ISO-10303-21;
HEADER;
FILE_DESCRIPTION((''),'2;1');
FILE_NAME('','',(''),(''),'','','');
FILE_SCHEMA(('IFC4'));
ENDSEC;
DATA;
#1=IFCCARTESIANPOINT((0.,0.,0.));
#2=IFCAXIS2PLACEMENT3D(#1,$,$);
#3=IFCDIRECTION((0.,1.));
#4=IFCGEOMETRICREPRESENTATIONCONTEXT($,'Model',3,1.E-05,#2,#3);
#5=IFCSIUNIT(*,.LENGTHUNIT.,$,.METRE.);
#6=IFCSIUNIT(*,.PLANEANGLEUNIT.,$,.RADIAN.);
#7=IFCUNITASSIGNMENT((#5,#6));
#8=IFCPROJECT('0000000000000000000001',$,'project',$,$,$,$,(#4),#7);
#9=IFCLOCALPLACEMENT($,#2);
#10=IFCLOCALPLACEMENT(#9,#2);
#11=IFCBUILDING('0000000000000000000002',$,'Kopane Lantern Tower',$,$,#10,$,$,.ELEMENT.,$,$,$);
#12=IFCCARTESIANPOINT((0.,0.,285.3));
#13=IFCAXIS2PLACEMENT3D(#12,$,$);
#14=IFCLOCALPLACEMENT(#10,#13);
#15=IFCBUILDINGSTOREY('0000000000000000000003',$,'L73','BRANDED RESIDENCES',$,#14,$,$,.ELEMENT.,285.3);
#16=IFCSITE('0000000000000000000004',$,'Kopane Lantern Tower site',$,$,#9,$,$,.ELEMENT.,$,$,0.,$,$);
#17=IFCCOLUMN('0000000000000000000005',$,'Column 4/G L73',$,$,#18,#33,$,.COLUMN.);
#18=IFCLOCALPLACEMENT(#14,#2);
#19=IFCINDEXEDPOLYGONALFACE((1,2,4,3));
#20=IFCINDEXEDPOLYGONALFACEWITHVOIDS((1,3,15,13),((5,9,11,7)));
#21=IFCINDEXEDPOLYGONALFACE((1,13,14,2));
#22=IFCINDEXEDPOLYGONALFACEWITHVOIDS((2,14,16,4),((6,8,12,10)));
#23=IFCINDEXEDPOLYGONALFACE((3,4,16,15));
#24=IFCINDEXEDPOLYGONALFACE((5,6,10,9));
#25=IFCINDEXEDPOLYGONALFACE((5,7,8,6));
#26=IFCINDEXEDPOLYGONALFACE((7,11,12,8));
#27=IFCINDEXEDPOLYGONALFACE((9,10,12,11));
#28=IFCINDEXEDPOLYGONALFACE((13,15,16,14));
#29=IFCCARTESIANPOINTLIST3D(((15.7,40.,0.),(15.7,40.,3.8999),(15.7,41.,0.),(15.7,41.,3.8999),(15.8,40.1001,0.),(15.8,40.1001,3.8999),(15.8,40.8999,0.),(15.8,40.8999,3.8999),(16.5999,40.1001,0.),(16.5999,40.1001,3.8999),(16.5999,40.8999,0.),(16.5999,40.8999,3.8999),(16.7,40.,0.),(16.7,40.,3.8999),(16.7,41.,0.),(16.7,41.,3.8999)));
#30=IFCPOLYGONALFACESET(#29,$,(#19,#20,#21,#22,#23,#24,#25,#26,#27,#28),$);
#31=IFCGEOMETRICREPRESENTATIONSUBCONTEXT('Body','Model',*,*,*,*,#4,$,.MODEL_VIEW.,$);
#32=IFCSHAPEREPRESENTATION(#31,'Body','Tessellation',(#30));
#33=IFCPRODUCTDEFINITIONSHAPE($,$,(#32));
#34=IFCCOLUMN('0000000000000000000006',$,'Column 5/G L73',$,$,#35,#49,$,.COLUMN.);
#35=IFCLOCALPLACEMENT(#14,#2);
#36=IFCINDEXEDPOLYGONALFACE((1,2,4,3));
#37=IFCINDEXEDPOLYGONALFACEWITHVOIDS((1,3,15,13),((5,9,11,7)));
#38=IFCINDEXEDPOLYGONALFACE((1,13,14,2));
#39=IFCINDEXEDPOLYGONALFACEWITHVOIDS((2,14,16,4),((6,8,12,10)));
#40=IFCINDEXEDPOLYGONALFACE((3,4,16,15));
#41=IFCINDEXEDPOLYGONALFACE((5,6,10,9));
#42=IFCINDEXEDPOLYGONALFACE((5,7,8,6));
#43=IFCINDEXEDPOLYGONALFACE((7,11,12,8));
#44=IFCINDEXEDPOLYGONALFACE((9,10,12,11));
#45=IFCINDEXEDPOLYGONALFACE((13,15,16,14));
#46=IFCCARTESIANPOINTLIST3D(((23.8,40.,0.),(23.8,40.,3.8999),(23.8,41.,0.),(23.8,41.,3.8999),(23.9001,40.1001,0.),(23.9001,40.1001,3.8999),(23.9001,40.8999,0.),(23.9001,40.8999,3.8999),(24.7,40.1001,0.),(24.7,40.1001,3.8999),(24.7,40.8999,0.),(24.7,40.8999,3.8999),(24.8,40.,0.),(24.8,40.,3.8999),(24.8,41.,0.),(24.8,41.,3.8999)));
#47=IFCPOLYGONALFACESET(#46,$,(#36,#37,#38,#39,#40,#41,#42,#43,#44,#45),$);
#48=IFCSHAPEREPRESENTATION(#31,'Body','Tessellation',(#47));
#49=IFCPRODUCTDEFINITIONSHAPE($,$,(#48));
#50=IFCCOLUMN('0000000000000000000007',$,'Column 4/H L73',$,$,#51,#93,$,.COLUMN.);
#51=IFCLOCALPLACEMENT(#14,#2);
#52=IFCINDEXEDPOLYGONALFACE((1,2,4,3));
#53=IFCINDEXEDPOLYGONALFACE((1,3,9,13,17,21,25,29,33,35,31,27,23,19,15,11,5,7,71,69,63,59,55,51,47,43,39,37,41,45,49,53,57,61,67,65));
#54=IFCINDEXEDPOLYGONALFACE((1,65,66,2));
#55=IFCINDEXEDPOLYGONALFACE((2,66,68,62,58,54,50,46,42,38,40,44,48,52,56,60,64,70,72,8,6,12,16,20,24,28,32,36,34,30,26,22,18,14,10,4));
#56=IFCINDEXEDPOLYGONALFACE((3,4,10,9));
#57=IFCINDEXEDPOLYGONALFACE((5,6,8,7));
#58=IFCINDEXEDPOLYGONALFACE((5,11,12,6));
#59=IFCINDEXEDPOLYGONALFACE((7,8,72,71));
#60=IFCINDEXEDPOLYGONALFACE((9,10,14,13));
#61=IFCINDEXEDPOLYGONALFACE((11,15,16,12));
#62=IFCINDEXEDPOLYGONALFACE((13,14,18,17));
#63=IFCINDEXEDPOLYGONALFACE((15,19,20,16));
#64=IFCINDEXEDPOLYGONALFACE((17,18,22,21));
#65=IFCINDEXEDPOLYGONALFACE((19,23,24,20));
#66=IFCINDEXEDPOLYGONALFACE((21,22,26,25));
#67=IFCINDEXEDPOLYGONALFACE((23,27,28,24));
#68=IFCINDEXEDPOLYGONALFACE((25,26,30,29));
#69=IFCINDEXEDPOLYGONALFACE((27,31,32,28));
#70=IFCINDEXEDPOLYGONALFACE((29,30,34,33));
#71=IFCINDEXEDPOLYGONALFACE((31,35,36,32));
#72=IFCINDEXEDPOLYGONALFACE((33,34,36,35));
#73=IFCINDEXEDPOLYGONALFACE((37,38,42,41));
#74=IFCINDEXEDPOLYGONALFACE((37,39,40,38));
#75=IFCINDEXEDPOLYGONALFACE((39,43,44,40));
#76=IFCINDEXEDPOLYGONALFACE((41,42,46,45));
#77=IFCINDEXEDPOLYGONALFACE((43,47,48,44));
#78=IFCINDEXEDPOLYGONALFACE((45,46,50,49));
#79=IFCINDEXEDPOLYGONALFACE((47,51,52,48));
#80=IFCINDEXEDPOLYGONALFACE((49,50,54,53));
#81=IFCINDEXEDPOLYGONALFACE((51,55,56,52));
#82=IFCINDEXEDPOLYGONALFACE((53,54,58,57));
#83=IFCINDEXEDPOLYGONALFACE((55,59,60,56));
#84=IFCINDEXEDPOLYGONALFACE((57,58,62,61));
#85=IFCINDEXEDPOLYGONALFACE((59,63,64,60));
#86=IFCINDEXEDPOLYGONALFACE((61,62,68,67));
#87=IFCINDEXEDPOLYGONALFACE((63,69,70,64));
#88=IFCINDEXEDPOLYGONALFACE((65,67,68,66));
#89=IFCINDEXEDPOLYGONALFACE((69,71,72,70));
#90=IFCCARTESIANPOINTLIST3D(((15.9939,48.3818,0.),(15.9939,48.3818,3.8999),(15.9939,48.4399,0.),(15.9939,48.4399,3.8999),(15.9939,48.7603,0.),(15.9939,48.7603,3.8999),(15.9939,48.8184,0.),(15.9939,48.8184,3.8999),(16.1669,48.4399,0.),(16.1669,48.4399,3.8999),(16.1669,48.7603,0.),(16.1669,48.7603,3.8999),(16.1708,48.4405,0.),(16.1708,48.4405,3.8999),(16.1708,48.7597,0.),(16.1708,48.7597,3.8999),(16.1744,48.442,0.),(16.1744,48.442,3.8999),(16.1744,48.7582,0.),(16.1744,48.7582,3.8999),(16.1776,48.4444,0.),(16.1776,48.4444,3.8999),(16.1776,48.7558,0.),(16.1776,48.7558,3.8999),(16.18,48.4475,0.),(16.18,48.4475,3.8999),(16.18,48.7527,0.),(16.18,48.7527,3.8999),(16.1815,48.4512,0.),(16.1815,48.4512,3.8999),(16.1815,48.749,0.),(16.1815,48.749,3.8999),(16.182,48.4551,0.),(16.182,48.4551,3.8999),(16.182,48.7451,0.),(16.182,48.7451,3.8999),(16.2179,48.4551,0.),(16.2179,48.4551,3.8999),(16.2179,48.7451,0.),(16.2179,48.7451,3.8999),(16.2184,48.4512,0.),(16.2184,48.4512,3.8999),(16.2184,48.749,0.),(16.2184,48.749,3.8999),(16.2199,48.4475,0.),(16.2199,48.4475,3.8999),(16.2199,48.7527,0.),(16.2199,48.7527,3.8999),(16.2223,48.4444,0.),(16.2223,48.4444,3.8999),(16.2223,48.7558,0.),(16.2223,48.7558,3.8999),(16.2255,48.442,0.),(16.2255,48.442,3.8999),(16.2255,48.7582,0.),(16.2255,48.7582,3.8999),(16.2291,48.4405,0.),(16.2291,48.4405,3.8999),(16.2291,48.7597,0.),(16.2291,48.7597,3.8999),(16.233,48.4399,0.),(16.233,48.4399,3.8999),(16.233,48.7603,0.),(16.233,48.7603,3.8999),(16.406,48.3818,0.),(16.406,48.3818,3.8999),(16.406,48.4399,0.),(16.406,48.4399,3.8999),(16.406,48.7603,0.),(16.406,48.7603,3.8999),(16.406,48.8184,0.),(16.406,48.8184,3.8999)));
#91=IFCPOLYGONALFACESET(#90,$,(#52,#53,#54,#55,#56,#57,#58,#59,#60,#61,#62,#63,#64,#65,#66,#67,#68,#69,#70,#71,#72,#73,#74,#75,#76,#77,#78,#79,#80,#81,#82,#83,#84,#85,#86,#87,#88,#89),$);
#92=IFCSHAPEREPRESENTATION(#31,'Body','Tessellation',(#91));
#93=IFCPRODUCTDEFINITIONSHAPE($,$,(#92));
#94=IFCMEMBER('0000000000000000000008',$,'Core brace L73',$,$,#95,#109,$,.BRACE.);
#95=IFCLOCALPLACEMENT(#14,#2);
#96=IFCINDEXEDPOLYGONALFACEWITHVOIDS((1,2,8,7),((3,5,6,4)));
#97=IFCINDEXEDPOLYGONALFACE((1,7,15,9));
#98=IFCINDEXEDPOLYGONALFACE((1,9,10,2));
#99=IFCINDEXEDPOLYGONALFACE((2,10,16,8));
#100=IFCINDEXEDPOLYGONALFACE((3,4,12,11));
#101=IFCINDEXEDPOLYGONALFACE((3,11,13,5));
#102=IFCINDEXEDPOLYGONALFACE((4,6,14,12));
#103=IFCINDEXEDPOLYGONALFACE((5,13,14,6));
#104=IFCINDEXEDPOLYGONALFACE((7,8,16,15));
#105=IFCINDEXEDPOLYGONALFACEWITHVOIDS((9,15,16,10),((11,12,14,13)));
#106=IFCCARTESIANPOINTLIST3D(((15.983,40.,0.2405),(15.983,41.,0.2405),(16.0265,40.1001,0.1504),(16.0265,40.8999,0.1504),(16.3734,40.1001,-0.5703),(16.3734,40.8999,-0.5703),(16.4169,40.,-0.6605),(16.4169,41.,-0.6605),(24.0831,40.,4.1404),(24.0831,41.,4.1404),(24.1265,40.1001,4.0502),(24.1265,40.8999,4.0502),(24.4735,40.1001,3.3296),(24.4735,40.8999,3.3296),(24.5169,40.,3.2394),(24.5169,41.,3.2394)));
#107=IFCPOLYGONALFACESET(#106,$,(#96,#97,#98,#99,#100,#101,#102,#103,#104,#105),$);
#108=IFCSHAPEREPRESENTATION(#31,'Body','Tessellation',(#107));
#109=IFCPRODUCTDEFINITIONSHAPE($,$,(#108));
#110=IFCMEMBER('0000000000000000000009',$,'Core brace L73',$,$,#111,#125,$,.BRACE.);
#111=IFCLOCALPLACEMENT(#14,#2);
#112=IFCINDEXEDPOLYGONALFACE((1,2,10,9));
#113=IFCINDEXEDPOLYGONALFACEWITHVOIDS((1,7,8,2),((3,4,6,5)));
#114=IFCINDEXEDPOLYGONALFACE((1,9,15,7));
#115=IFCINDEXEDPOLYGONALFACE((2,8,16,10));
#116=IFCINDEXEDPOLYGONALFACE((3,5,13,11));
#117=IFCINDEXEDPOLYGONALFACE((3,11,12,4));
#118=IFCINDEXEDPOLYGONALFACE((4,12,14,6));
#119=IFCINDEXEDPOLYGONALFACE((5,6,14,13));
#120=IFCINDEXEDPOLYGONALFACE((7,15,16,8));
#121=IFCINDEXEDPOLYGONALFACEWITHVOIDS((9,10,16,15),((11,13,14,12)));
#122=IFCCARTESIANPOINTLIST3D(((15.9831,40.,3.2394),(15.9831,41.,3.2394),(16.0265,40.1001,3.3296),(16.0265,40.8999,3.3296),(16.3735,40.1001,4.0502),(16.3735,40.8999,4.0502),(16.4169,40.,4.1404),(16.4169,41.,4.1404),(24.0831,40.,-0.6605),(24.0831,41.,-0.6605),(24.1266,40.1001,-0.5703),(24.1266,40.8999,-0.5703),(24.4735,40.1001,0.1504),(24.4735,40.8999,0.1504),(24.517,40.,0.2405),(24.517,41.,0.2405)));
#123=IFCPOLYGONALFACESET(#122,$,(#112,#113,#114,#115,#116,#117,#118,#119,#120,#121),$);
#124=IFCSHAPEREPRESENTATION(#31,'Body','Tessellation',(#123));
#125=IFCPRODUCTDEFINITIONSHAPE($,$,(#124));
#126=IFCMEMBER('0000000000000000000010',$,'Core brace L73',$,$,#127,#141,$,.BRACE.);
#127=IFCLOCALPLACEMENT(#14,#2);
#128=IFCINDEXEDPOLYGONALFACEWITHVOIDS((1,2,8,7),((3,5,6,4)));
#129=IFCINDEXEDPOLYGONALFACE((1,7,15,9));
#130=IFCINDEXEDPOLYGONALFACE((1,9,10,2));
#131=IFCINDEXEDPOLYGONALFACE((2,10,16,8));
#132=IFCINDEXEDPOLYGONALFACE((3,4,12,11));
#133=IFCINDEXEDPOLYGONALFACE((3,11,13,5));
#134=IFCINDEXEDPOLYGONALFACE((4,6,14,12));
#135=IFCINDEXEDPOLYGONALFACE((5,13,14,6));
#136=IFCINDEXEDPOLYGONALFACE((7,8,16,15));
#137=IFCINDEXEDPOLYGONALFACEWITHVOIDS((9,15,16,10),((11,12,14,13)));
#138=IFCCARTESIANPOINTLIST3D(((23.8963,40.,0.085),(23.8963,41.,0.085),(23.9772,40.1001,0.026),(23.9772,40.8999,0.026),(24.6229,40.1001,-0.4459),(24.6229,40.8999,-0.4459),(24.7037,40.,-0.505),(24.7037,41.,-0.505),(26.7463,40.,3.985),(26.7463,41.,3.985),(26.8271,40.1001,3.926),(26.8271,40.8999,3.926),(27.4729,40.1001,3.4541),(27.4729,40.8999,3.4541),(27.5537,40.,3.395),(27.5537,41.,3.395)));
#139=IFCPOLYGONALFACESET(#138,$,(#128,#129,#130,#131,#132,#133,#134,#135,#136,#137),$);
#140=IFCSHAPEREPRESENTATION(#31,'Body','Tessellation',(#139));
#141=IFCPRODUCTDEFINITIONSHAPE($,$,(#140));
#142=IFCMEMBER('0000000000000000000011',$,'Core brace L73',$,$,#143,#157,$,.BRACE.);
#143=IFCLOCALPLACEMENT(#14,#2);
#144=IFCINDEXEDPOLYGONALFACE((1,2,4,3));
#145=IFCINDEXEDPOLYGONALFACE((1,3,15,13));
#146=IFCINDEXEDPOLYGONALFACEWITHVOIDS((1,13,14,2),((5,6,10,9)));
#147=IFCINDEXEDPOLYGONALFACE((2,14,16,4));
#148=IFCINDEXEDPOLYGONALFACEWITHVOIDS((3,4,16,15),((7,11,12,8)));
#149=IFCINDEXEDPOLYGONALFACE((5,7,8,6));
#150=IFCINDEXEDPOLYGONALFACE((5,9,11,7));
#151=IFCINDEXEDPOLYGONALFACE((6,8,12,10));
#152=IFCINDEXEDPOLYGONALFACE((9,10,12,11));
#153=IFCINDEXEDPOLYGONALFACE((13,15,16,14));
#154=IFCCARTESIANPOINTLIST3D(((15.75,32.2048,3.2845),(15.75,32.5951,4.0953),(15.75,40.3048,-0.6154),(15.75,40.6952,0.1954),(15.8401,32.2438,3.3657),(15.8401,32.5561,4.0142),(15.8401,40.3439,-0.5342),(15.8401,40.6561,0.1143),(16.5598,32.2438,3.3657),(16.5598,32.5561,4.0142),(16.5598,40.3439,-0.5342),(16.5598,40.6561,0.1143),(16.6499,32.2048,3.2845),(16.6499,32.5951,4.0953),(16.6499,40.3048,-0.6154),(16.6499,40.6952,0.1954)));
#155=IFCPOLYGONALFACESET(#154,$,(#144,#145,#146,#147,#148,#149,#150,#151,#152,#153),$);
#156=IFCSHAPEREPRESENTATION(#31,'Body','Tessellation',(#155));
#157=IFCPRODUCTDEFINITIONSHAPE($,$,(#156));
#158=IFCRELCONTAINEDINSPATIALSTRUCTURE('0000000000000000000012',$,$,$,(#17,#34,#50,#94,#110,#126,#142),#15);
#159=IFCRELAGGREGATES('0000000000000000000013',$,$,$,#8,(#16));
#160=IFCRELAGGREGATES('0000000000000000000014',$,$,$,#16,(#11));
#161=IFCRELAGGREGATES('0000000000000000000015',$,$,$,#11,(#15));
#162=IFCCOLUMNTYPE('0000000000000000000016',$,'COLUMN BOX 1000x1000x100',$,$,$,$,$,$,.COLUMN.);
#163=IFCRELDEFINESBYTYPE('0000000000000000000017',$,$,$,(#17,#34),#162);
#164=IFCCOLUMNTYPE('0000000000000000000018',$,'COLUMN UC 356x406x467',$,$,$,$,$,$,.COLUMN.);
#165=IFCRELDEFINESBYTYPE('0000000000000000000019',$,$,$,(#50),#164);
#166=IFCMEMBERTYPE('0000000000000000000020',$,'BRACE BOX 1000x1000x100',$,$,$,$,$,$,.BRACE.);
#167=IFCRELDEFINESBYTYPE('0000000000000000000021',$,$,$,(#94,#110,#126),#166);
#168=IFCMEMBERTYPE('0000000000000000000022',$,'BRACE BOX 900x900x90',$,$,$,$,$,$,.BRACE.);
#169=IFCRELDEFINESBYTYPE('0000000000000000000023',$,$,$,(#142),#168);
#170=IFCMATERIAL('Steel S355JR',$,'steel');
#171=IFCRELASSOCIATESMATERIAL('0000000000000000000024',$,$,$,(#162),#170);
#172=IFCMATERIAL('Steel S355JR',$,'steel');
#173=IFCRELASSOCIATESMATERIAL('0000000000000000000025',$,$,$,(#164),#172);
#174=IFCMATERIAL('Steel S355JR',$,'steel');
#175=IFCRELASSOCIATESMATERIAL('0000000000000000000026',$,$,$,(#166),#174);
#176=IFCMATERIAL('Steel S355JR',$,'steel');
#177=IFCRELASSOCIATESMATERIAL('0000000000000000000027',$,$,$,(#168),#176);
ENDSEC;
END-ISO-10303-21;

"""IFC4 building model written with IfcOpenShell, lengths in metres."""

from ifc_helpers import new_model, si_unit, direction, frame, origin, origin_2d, place, context, subcontext, project, spatial, hollow_rectangle, i_section, extrude, material, material_profile, profile_set, type_object, element, save


model = new_model("IFC4")

# Units and contexts
model_context = context("Model", 3, precision=1e-05, world=origin(), true_north=direction((0.0, 1.0)))
body_context = subcontext(model_context, "Body", "Model", "MODEL_VIEW")
ifc_project = project(units=[si_unit("LENGTHUNIT", "METRE"), si_unit("PLANEANGLEUNIT", "RADIAN")], contexts=[model_context])

# Site, building, storey
site_placement = place(None, origin())
site = spatial("IfcSite", under=ifc_project, at=site_placement, Name="Kopane Lantern Tower site", CompositionType="ELEMENT", RefElevation=0.0)
building_placement = place(site_placement, origin())
building = spatial("IfcBuilding", under=site, at=building_placement, Name="Kopane Lantern Tower", CompositionType="ELEMENT")
storey_placement = place(building_placement, frame((0.0, 0.0, 285.3)))
storey = spatial("IfcBuildingStorey", under=building, at=storey_placement, Name="L73", Description="BRANDED RESIDENCES", CompositionType="ELEMENT", Elevation=285.3)

# Columns
ifc_material_1 = material(Name="Steel S355JR", Category="steel")
ifc_material_profile_1 = material_profile(ifc_material_1, hollow_rectangle(XDim=1.0, YDim=1.0, WallThickness=0.1001, at=origin_2d()), Name="BOX 1000x1000x100")
ifc_profile_set_1 = profile_set([ifc_material_profile_1], Name="Steel S355JR")
column_type_1 = type_object("IfcColumnType", Name="COLUMN BOX 1000x1000x100", PredefinedType="COLUMN", material=ifc_profile_set_1)
for number, where, z_axis, x_axis, name in (
    (1, (16.2, 40.5, 0.0), (0.0, 0.0, 1.0), (1.0, 0.0, 0.0), "Column 4/G L73"),
    (2, (24.3, 40.5, 0.0), (0.0, 0.0, 1.0), (1.0, 0.0, 0.0), "Column 5/G L73"),
):
    element("IfcColumn", number, at=place(storey_placement, frame(where, z_axis=z_axis, x_axis=x_axis)), inside=storey, type_object=column_type_1, Name=name, PredefinedType="COLUMN", context=body_context, shape_type="SweptSolid", body=[
        extrude(hollow_rectangle(XDim=1.0, YDim=1.0, WallThickness=0.1001, at=origin_2d()), origin(), (0.0, 0.0, 1.0), 3.8999),
    ])
ifc_material_2 = material(Name="Steel S355JR", Category="steel")
ifc_material_profile_2 = material_profile(ifc_material_2, i_section(OverallWidth=0.4121, OverallDepth=0.4365, WebThickness=0.0359, FlangeThickness=0.0581, FilletRadius=0.0151, at=origin_2d()), Name="UC 356x406x467")
ifc_profile_set_2 = profile_set([ifc_material_profile_2], Name="Steel S355JR")
column_type_2 = type_object("IfcColumnType", Name="COLUMN UC 356x406x467", PredefinedType="COLUMN", material=ifc_profile_set_2)
column_placement = place(storey_placement, frame((16.2, 48.6001, 0.0), z_axis=(0.0, 0.0, 1.0), x_axis=(1.0, 0.0, 0.0)))
element("IfcColumn", 3, at=column_placement, inside=storey, type_object=column_type_2, Name="Column 4/H L73", PredefinedType="COLUMN", context=body_context, shape_type="SweptSolid", body=[
    extrude(i_section(OverallWidth=0.4121, OverallDepth=0.4365, WebThickness=0.0359, FlangeThickness=0.0581, FilletRadius=0.0151, at=origin_2d()), origin(), (0.0, 0.0, 1.0), 3.8999),
])

# Members
ifc_material_3 = material(Name="Steel S355JR", Category="steel")
ifc_material_profile_3 = material_profile(ifc_material_3, hollow_rectangle(XDim=1.0, YDim=1.0, WallThickness=0.1001, at=origin_2d()), Name="BOX 1000x1000x100")
ifc_profile_set_3 = profile_set([ifc_material_profile_3], Name="Steel S355JR")
member_type_1 = type_object("IfcMemberType", Name="BRACE BOX 1000x1000x100", PredefinedType="BRACE", material=ifc_profile_set_3)
for number, where, z_axis, x_axis, name in (
    (4, (16.2, 40.5, -0.21), (0.901008, 0.0, 0.433803), (0.0, 1.0, 0.0), "Core brace L73"),
    (5, (24.3, 40.5, -0.21), (-0.901008, 0.0, 0.433803), (0.0, -1.0, 0.0), "Core brace L73"),
):
    element("IfcMember", number, at=place(storey_placement, frame(where, z_axis=z_axis, x_axis=x_axis)), inside=storey, type_object=member_type_1, Name=name, PredefinedType="BRACE", context=body_context, shape_type="SweptSolid", body=[
        extrude(hollow_rectangle(XDim=1.0, YDim=1.0, WallThickness=0.1001, at=origin_2d()), origin(), (0.0, 0.0, 1.0), 8.99),
    ])
member_1_placement = place(storey_placement, frame((24.3, 40.5, -0.21), z_axis=(0.590006, 0.0, 0.807399), x_axis=(0.0, 1.0, 0.0)))
element("IfcMember", 6, at=member_1_placement, inside=storey, type_object=member_type_1, Name="Core brace L73", PredefinedType="BRACE", context=body_context, shape_type="SweptSolid", body=[
    extrude(hollow_rectangle(XDim=1.0, YDim=1.0, WallThickness=0.1001, at=origin_2d()), origin(), (0.0, 0.0, 1.0), 4.8303),
])
ifc_material_4 = material(Name="Steel S355JR", Category="steel")
ifc_material_profile_4 = material_profile(ifc_material_4, hollow_rectangle(XDim=0.8999, YDim=0.8999, WallThickness=0.0901, at=origin_2d()), Name="BOX 900x900x90")
ifc_profile_set_4 = profile_set([ifc_material_profile_4], Name="Steel S355JR")
member_type_2 = type_object("IfcMemberType", Name="BRACE BOX 900x900x90", PredefinedType="BRACE", material=ifc_profile_set_4)
member_2_placement = place(storey_placement, frame((16.2, 40.5, -0.21), z_axis=(0.0, -0.901008, 0.433803), x_axis=(1.0, 0.0, 0.0)))
element("IfcMember", 7, at=member_2_placement, inside=storey, type_object=member_type_2, Name="Core brace L73", PredefinedType="BRACE", context=body_context, shape_type="SweptSolid", body=[
    extrude(hollow_rectangle(XDim=0.8999, YDim=0.8999, WallThickness=0.0901, at=origin_2d()), origin(), (0.0, 0.0, 1.0), 8.99),
])

save(model, "model.ifc")
